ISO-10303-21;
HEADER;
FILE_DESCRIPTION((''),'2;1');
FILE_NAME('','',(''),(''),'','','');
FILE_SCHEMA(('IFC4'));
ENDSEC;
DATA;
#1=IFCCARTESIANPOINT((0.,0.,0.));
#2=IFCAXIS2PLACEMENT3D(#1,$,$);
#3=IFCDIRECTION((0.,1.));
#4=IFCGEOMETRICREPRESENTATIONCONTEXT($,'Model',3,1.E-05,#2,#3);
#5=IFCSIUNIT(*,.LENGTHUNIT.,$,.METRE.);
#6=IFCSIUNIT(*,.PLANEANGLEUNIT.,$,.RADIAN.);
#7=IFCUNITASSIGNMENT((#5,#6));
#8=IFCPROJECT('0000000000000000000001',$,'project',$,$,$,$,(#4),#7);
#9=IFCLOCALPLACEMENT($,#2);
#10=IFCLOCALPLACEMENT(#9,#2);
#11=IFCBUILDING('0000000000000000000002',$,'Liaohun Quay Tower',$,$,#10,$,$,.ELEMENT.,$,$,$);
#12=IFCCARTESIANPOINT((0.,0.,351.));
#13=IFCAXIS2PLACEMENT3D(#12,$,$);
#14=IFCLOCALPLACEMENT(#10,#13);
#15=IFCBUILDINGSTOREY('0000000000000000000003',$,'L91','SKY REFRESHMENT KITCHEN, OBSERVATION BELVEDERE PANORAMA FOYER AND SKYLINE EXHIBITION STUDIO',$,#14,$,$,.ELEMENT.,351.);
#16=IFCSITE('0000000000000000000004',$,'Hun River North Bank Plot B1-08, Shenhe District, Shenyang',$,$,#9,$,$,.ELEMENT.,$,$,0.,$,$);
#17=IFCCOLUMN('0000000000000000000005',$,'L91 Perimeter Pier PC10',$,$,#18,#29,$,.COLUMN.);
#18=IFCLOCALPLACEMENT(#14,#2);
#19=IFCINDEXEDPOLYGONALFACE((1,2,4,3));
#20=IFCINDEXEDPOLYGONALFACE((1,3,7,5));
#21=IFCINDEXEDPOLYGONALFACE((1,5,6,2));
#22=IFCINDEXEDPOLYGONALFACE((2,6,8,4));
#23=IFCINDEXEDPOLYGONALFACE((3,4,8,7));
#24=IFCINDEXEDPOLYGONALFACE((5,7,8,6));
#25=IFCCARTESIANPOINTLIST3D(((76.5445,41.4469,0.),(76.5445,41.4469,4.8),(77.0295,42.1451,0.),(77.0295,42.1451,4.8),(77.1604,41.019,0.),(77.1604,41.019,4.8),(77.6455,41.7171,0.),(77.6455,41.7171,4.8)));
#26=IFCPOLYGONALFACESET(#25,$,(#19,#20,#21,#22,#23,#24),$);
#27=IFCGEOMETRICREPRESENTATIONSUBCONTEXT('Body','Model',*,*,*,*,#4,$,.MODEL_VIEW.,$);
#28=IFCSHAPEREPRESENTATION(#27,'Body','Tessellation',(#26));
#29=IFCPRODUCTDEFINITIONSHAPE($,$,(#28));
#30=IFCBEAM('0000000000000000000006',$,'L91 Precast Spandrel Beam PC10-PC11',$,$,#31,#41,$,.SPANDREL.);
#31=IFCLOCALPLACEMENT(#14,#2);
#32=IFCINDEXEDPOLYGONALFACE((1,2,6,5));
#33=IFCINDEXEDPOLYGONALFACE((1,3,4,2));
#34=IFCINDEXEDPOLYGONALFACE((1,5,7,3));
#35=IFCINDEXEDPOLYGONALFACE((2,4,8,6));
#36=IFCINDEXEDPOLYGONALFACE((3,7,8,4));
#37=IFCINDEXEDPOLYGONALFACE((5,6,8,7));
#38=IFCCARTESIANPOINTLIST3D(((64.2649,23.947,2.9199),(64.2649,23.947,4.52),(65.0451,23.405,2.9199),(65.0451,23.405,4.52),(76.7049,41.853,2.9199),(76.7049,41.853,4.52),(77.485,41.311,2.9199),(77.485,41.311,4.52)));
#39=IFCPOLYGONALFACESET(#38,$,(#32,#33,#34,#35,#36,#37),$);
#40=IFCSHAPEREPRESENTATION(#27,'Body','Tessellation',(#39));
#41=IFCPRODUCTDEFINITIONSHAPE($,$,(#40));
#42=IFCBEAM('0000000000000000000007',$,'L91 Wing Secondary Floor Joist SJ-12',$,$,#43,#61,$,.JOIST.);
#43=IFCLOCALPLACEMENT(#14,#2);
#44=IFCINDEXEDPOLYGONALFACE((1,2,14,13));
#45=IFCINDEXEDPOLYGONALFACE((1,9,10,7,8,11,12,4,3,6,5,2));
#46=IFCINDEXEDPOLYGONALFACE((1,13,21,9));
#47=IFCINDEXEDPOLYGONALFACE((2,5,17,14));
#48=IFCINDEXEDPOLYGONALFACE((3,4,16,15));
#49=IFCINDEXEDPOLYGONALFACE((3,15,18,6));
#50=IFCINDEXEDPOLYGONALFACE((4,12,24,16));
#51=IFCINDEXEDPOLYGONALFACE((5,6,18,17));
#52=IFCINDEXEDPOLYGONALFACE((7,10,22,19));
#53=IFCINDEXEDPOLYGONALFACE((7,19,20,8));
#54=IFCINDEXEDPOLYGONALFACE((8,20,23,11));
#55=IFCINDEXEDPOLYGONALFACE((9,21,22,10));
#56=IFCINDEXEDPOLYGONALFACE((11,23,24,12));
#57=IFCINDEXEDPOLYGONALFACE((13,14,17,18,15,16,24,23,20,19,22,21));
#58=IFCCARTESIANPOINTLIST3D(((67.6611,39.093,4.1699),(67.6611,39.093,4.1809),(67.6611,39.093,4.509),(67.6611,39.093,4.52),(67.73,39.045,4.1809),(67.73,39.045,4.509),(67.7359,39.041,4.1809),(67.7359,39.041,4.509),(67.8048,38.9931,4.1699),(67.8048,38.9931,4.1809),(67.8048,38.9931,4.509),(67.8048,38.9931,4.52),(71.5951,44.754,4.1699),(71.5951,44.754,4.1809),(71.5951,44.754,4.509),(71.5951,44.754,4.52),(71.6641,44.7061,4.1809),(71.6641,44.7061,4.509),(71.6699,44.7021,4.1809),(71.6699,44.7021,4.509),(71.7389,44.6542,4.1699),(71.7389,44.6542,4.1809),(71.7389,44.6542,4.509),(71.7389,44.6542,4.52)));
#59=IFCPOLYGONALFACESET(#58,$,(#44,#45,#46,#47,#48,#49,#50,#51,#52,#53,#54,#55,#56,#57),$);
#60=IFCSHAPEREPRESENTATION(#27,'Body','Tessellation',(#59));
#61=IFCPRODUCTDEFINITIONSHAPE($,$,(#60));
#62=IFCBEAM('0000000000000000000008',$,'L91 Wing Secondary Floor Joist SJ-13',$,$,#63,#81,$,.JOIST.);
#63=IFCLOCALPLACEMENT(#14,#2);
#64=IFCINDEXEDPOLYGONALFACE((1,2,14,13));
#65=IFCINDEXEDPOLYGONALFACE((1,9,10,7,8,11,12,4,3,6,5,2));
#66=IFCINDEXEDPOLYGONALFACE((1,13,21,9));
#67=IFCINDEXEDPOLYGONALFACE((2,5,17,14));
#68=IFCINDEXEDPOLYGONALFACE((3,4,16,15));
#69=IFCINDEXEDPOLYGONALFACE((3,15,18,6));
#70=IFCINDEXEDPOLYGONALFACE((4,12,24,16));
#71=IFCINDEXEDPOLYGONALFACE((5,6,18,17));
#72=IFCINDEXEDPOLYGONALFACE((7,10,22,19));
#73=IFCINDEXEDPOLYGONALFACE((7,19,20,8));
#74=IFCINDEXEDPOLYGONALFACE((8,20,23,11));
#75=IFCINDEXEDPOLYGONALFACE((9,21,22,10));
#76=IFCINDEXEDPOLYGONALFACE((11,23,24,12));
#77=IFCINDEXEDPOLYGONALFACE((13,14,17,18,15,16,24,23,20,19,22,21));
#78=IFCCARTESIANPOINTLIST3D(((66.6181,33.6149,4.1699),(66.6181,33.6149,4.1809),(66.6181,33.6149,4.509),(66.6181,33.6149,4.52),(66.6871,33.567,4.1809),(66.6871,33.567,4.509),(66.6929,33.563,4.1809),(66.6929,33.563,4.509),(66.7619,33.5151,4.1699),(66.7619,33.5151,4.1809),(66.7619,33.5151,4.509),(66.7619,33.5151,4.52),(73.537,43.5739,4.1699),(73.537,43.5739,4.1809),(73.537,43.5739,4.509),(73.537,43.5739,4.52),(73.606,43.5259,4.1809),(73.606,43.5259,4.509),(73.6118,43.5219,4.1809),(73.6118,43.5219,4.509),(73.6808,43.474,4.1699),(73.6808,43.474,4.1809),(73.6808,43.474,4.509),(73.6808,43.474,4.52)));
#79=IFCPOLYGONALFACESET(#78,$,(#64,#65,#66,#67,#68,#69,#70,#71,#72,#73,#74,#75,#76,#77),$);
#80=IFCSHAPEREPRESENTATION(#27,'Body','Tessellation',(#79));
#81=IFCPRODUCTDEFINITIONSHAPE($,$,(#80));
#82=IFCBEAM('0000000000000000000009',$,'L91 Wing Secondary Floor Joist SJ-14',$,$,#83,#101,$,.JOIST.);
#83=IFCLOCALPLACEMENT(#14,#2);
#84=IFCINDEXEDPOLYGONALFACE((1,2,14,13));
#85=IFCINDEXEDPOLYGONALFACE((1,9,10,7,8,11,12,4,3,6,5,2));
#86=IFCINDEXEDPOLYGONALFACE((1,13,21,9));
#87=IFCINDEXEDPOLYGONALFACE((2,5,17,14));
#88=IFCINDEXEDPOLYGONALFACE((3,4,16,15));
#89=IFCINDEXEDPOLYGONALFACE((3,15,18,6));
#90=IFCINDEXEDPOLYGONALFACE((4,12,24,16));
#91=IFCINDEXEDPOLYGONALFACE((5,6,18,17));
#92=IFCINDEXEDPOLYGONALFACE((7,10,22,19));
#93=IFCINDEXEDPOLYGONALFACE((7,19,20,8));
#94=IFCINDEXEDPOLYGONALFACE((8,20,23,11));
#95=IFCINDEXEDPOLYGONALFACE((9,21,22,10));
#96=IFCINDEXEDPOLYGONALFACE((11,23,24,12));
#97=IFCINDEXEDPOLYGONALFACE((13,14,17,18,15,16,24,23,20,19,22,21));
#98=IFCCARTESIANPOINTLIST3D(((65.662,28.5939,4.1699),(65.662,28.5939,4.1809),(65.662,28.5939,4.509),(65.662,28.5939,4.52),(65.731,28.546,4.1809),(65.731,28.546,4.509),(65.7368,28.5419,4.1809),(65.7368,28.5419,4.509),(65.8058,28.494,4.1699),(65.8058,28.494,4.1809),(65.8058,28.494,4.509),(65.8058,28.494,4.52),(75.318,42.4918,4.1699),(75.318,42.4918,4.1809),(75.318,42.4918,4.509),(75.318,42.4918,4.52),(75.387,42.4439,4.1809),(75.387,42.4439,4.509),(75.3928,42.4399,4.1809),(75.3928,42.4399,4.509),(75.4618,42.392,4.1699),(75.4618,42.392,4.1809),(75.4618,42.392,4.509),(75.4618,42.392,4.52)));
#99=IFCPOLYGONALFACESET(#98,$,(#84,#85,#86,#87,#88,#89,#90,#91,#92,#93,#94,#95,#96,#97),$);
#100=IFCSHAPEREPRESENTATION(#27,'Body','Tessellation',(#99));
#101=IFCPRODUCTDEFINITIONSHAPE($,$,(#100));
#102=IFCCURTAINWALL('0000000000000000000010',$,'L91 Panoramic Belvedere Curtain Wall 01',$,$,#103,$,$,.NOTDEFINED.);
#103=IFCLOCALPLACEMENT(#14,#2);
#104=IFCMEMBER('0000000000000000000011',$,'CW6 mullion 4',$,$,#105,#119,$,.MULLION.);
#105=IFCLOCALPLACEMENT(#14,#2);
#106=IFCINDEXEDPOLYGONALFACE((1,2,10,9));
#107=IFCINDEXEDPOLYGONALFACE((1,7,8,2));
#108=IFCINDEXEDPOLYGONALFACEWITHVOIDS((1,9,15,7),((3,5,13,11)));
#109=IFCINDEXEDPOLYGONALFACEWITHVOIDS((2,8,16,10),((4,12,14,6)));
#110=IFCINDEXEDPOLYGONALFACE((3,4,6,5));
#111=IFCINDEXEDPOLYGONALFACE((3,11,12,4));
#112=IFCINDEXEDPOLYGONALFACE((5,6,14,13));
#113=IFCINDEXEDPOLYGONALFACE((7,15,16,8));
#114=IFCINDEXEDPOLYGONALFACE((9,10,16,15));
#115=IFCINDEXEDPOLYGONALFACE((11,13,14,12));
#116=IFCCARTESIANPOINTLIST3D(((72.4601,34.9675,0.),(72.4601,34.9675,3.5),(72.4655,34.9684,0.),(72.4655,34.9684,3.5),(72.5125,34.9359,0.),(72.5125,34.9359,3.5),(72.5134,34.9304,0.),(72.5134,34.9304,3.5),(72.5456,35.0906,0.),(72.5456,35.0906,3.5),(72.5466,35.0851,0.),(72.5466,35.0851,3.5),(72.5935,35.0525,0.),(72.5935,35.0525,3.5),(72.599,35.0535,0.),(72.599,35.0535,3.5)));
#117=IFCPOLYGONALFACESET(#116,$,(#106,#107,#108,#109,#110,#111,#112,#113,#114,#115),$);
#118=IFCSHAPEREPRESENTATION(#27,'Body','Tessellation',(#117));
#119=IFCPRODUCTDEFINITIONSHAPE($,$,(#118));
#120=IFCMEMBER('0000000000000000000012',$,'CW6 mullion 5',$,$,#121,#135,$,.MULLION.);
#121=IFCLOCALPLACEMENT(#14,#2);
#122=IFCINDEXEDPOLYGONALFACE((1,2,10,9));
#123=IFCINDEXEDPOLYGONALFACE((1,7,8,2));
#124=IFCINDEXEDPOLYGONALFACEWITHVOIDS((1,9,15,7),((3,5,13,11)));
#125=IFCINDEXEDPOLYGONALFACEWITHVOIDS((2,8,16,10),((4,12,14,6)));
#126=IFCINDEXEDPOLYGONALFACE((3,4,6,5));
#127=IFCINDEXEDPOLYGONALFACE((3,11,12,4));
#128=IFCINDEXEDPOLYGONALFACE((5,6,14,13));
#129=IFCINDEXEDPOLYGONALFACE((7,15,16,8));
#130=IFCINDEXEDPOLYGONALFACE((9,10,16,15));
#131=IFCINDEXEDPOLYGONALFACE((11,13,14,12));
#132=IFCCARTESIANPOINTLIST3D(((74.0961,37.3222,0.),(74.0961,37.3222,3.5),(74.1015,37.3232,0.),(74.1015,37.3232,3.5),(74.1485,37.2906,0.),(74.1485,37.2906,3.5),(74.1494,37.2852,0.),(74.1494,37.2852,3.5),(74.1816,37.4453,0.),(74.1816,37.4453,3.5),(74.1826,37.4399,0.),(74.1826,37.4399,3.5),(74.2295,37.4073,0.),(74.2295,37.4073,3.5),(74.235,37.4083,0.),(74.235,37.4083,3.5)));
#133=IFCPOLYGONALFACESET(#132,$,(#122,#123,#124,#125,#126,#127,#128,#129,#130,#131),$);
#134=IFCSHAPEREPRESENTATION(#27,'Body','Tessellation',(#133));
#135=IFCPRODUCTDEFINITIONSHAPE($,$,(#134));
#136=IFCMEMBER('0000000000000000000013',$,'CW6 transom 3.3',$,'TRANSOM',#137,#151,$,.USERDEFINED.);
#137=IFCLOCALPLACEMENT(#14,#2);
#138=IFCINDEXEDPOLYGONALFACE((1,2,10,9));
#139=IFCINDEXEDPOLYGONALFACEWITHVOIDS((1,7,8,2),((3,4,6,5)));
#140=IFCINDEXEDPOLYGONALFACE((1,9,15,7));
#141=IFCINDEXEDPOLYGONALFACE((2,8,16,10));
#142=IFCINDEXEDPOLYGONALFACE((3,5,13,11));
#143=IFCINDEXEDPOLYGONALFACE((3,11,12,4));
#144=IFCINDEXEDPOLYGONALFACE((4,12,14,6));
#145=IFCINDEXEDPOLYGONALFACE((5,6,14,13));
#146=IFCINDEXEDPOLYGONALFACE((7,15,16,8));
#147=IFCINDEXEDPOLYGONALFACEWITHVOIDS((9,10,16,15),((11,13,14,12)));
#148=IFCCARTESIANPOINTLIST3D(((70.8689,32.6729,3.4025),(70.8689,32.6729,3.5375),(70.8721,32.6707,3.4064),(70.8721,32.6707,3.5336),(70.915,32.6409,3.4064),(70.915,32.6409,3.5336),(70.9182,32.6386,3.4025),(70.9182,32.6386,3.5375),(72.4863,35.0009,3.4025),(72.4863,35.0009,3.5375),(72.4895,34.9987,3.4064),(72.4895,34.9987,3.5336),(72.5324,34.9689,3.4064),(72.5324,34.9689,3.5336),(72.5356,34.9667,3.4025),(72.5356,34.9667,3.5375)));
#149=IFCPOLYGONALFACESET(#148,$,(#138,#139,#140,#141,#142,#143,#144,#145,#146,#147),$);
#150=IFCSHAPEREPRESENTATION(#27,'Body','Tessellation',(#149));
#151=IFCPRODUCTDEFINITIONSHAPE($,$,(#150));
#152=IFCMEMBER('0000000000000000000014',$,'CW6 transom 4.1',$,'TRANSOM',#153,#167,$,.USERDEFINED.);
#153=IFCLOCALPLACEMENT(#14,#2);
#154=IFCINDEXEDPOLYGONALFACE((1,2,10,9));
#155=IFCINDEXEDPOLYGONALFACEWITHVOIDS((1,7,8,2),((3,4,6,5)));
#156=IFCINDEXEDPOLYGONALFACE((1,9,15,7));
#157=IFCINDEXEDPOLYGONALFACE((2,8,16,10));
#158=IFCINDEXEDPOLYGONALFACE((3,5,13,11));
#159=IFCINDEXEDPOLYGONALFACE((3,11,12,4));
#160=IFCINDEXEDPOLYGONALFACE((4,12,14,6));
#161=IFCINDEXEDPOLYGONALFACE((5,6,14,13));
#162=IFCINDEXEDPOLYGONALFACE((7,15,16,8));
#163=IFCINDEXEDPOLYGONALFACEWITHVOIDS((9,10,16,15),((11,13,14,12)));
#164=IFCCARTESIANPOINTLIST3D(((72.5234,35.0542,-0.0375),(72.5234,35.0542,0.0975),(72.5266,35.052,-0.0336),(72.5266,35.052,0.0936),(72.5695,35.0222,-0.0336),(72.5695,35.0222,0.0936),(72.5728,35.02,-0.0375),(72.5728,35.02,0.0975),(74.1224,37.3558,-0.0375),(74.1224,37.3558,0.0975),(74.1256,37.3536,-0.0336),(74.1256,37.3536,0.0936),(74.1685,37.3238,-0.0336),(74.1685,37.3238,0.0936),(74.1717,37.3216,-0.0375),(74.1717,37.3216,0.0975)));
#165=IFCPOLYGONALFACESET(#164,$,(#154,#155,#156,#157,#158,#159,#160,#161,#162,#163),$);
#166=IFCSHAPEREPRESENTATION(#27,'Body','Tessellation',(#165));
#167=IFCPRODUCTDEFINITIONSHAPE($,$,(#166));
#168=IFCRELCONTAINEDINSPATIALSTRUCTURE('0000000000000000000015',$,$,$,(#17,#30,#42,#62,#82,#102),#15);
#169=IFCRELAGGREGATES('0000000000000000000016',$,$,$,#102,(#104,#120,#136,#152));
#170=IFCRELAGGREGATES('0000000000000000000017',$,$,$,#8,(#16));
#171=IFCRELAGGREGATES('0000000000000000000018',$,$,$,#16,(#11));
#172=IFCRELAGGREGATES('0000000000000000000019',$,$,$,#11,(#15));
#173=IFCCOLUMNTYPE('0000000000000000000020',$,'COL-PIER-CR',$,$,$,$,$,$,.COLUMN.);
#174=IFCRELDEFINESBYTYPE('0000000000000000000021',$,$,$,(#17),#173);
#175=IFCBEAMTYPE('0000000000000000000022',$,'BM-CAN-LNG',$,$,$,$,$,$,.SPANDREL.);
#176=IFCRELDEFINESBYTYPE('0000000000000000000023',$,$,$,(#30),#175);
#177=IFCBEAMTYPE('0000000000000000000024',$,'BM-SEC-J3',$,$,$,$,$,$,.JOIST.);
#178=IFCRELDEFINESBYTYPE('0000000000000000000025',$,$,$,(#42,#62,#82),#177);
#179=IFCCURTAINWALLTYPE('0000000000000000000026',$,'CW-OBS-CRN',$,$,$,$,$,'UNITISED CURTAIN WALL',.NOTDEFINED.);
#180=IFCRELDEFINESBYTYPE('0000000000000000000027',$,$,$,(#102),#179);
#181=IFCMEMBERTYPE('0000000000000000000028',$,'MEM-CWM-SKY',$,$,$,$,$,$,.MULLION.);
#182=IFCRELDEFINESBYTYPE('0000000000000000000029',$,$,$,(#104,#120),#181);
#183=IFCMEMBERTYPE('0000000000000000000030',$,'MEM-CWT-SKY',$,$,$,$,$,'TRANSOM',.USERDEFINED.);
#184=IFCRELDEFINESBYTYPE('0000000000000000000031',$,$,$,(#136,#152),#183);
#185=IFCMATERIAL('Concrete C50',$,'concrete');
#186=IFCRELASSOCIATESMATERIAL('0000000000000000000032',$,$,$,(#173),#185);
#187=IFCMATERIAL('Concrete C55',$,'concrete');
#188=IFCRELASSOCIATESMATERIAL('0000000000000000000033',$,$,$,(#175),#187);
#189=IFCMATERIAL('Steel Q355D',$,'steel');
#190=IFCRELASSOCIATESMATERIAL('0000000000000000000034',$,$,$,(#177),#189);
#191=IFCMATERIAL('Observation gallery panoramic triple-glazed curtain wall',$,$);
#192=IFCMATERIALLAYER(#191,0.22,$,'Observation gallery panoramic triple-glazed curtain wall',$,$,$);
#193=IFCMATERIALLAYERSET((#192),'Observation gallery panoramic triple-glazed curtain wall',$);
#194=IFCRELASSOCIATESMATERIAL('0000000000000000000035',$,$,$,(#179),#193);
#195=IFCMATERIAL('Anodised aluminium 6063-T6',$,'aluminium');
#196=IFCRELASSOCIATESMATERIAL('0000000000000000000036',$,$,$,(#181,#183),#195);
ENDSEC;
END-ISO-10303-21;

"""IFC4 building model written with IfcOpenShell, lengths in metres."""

from ifc_helpers import new_model, si_unit, direction, frame, origin, origin_2d, place, context, subcontext, project, spatial, rectangle, hollow_rectangle, i_section, extrude, source, transform, mapped, material, layer, layer_set, material_profile, profile_set, type_object, element, aggregate, save


model = new_model("IFC4")

# Units and contexts
model_context = context("Model", 3, precision=1e-05, world=origin(), true_north=direction((0.0, 1.0)))
body_context = subcontext(model_context, "Body", "Model", "MODEL_VIEW")
ifc_project = project(units=[si_unit("LENGTHUNIT", "METRE"), si_unit("PLANEANGLEUNIT", "RADIAN")], contexts=[model_context])

# Site, building, storey
site_placement = place(None, origin())
site = spatial("IfcSite", under=ifc_project, at=site_placement, Name="Hun River North Bank Plot B1-08, Shenhe District, Shenyang", CompositionType="ELEMENT", RefElevation=0.0)
building_placement = place(site_placement, origin())
building = spatial("IfcBuilding", under=site, at=building_placement, Name="Liaohun Quay Tower", CompositionType="ELEMENT")
storey_placement = place(building_placement, frame((0.0, 0.0, 351.0)))
storey = spatial("IfcBuildingStorey", under=building, at=storey_placement, Name="L91", Description="SKY REFRESHMENT KITCHEN, OBSERVATION BELVEDERE PANORAMA FOYER AND SKYLINE EXHIBITION STUDIO", CompositionType="ELEMENT", Elevation=351.0)

# Column
ifc_material_1 = material(Name="Concrete C50", Category="concrete")
ifc_material_profile_1 = material_profile(ifc_material_1, rectangle(XDim=0.8501, YDim=0.75, at=origin_2d()), Name="RC850x750")
ifc_profile_set_1 = profile_set([ifc_material_profile_1], Name="Concrete C50")
column_type = type_object("IfcColumnType", Name="COL-PIER-CR", PredefinedType="COLUMN", material=ifc_profile_set_1)
shared_shape_1 = source(origin(), body_context, "Body", "SweptSolid", [
    extrude(rectangle(XDim=0.8501, YDim=0.75, at=origin_2d()), origin(), (0.0, 0.0, 1.0), 4.8),
])
column_placement = place(storey_placement, frame((77.095, 41.582, 0.0), z_axis=(0.0, 0.0, 1.0), x_axis=(0.57057, 0.821249, 0.0)))
element("IfcColumn", 1, at=column_placement, inside=storey, type_object=column_type, Name="L91 Perimeter Pier PC10", PredefinedType="COLUMN", context=body_context, shape_type="MappedRepresentation", body=[
    mapped(shared_shape_1, transform((0.0, 0.0, 0.0), x_axis=(1.0, 0.0, 0.0), y_axis=(0.0, 1.0, 0.0), z_axis=(0.0, 0.0, 1.0), scale=1.0)),
])

# Beams
ifc_material_2 = material(Name="Concrete C55", Category="concrete")
ifc_material_profile_2 = material_profile(ifc_material_2, rectangle(XDim=0.95, YDim=1.6001, at=origin_2d()), Name="RC950x1600")
ifc_profile_set_2 = profile_set([ifc_material_profile_2], Name="Concrete C55")
beam_type_1 = type_object("IfcBeamType", Name="BM-CAN-LNG", PredefinedType="SPANDREL", material=ifc_profile_set_2)
shared_shape_2 = source(origin(), body_context, "Body", "SweptSolid", [
    extrude(rectangle(XDim=0.95, YDim=1.6001, at=origin_2d()), origin(), (0.0, 0.0, 1.0), 21.8032),
])
beam_1_placement = place(storey_placement, frame((77.095, 41.582, 3.72), z_axis=(-0.570557, -0.821258, 0.0), x_axis=(0.821258, -0.570557, 0.0)))
element("IfcBeam", 2, at=beam_1_placement, inside=storey, type_object=beam_type_1, Name="L91 Precast Spandrel Beam PC10-PC11", PredefinedType="SPANDREL", context=body_context, shape_type="MappedRepresentation", body=[
    mapped(shared_shape_2, transform((0.0, 0.0, 0.0), x_axis=(1.0, 0.0, 0.0), y_axis=(0.0, 1.0, 0.0), z_axis=(0.0, 0.0, 1.0), scale=1.0)),
])
ifc_material_3 = material(Name="Steel Q355D", Category="steel")
ifc_material_profile_3 = material_profile(ifc_material_3, i_section(OverallWidth=0.175, OverallDepth=0.3501, WebThickness=0.0071, FlangeThickness=0.011, at=origin_2d()), Name="HN350x175x7x11")
ifc_profile_set_3 = profile_set([ifc_material_profile_3], Name="Steel Q355D")
beam_type_2 = type_object("IfcBeamType", Name="BM-SEC-J3", PredefinedType="JOIST", material=ifc_profile_set_3)
shared_shape_3 = source(origin(), body_context, "Body", "SweptSolid", [
    extrude(i_section(OverallWidth=0.175, OverallDepth=0.3501, WebThickness=0.0071, FlangeThickness=0.011, at=origin_2d()), origin(), (0.0, 0.0, 1.0), 6.8938),
])
beam_2_placement = place(storey_placement, frame((71.667, 44.7041, 4.345), z_axis=(-0.570664, -0.821184, 0.0), x_axis=(0.821184, -0.570664, 0.0)))
element("IfcBeam", 3, at=beam_2_placement, inside=storey, type_object=beam_type_2, Name="L91 Wing Secondary Floor Joist SJ-12", PredefinedType="JOIST", context=body_context, shape_type="MappedRepresentation", body=[
    mapped(shared_shape_3, transform((0.0, 0.0, 0.0), x_axis=(1.0, 0.0, 0.0), y_axis=(0.0, 1.0, 0.0), z_axis=(0.0, 0.0, 1.0), scale=1.0)),
])
shared_shape_4 = source(origin(), body_context, "Body", "SweptSolid", [
    extrude(i_section(OverallWidth=0.175, OverallDepth=0.3501, WebThickness=0.0071, FlangeThickness=0.011, at=origin_2d()), origin(), (0.0, 0.0, 1.0), 12.1265),
])
beam_3_placement = place(storey_placement, frame((73.6089, 43.5239, 4.345), z_axis=(-0.570562, -0.821255, 0.0), x_axis=(0.821255, -0.570562, 0.0)))
element("IfcBeam", 4, at=beam_3_placement, inside=storey, type_object=beam_type_2, Name="L91 Wing Secondary Floor Joist SJ-13", PredefinedType="JOIST", context=body_context, shape_type="MappedRepresentation", body=[
    mapped(shared_shape_4, transform((0.0, 0.0, 0.0), x_axis=(1.0, 0.0, 0.0), y_axis=(0.0, 1.0, 0.0), z_axis=(0.0, 0.0, 1.0), scale=1.0)),
])
shared_shape_5 = source(origin(), body_context, "Body", "SweptSolid", [
    extrude(i_section(OverallWidth=0.175, OverallDepth=0.3501, WebThickness=0.0071, FlangeThickness=0.011, at=origin_2d()), origin(), (0.0, 0.0, 1.0), 16.9231),
])
beam_4_placement = place(storey_placement, frame((75.3899, 42.4419, 4.345), z_axis=(-0.570581, -0.821241, 0.0), x_axis=(0.821241, -0.570581, 0.0)))
element("IfcBeam", 5, at=beam_4_placement, inside=storey, type_object=beam_type_2, Name="L91 Wing Secondary Floor Joist SJ-14", PredefinedType="JOIST", context=body_context, shape_type="MappedRepresentation", body=[
    mapped(shared_shape_5, transform((0.0, 0.0, 0.0), x_axis=(1.0, 0.0, 0.0), y_axis=(0.0, 1.0, 0.0), z_axis=(0.0, 0.0, 1.0), scale=1.0)),
])

# Curtain wall, members
ifc_material_4 = material(Name="Observation gallery panoramic triple-glazed curtain wall")
ifc_layer_1 = layer(ifc_material_4, 0.22, Name="Observation gallery panoramic triple-glazed curtain wall")
ifc_layer_set_1 = layer_set([ifc_layer_1], Name="Observation gallery panoramic triple-glazed curtain wall")
curtain_wall_type = type_object("IfcCurtainWallType", Name="CW-OBS-CRN", ElementType="UNITISED CURTAIN WALL", PredefinedType="NOTDEFINED", material=ifc_layer_set_1)
curtain_wall_placement = place(storey_placement, origin())
curtain_wall = element("IfcCurtainWall", 6, at=curtain_wall_placement, inside=storey, type_object=curtain_wall_type, Name="L91 Panoramic Belvedere Curtain Wall 01", PredefinedType="NOTDEFINED")
ifc_material_5 = material(Name="Anodised aluminium 6063-T6", Category="aluminium")
ifc_material_profile_4 = material_profile(ifc_material_5, hollow_rectangle(XDim=0.0649, YDim=0.1499, WallThickness=0.0039, at=origin_2d()), Name="RHS150x65x4")
ifc_profile_set_4 = profile_set([ifc_material_profile_4], Name="Anodised aluminium 6063-T6")
member_type_1 = type_object("IfcMemberType", Name="MEM-CWM-SKY", PredefinedType="MULLION", material=ifc_profile_set_4)
shared_shape_6 = source(origin(), body_context, "Body", "SweptSolid", [
    extrude(hollow_rectangle(XDim=0.0649, YDim=0.1499, WallThickness=0.0039, at=origin_2d()), origin(), (0.0, 0.0, 1.0), 3.5),
])
member_1_placement = place(storey_placement, frame((72.5295, 35.0105, 0.0), z_axis=(0.0, 0.0, 1.0), x_axis=(-0.82126, 0.570554, 0.0)))
member_1 = element("IfcMember", 7, at=member_1_placement, type_object=member_type_1, Name="CW6 mullion 4", PredefinedType="MULLION", context=body_context, shape_type="MappedRepresentation", body=[
    mapped(shared_shape_6, transform((0.0, 0.0, 0.0), x_axis=(1.0, 0.0, 0.0), y_axis=(0.0, 1.0, 0.0), z_axis=(0.0, 0.0, 1.0), scale=1.0)),
])
member_2_placement = place(storey_placement, frame((74.1655, 37.3652, 0.0), z_axis=(0.0, 0.0, 1.0), x_axis=(-0.82126, 0.570554, 0.0)))
member_2 = element("IfcMember", 8, at=member_2_placement, type_object=member_type_1, Name="CW6 mullion 5", PredefinedType="MULLION", context=body_context, shape_type="MappedRepresentation", body=[
    mapped(shared_shape_6, transform((0.0, 0.0, 0.0), x_axis=(1.0, 0.0, 0.0), y_axis=(0.0, 1.0, 0.0), z_axis=(0.0, 0.0, 1.0), scale=1.0)),
])
ifc_material_profile_5 = material_profile(ifc_material_5, hollow_rectangle(XDim=0.0601, YDim=0.135, WallThickness=0.0039, at=origin_2d()), Name="RHS135x60x4")
ifc_profile_set_5 = profile_set([ifc_material_profile_5], Name="Anodised aluminium 6063-T6")
member_type_2 = type_object("IfcMemberType", Name="MEM-CWT-SKY", ElementType="TRANSOM", PredefinedType="USERDEFINED", material=ifc_profile_set_5)
shared_shape_7 = source(origin(), body_context, "Body", "SweptSolid", [
    extrude(hollow_rectangle(XDim=0.0601, YDim=0.135, WallThickness=0.0039, at=origin_2d()), origin(), (0.0, 0.0, 1.0), 2.8347),
])
member_3_placement = place(storey_placement, frame((70.8936, 32.6558, 3.47), z_axis=(0.570557, 0.821258, 0.0), x_axis=(-0.821258, 0.570557, 0.0)))
member_3 = element("IfcMember", 9, at=member_3_placement, type_object=member_type_2, Name="CW6 transom 3.3", ObjectType="TRANSOM", PredefinedType="USERDEFINED", context=body_context, shape_type="MappedRepresentation", body=[
    mapped(shared_shape_7, transform((0.0, 0.0, 0.0), x_axis=(1.0, 0.0, 0.0), y_axis=(0.0, 1.0, 0.0), z_axis=(0.0, 0.0, 1.0), scale=1.0)),
])
shared_shape_8 = source(origin(), body_context, "Body", "SweptSolid", [
    extrude(hollow_rectangle(XDim=0.0601, YDim=0.135, WallThickness=0.0039, at=origin_2d()), origin(), (0.0, 0.0, 1.0), 2.8025),
])
member_4_placement = place(storey_placement, frame((72.5481, 35.0371, 0.03), z_axis=(0.570541, 0.821269, 0.0), x_axis=(-0.821269, 0.570541, 0.0)))
member_4 = element("IfcMember", 10, at=member_4_placement, type_object=member_type_2, Name="CW6 transom 4.1", ObjectType="TRANSOM", PredefinedType="USERDEFINED", context=body_context, shape_type="MappedRepresentation", body=[
    mapped(shared_shape_8, transform((0.0, 0.0, 0.0), x_axis=(1.0, 0.0, 0.0), y_axis=(0.0, 1.0, 0.0), z_axis=(0.0, 0.0, 1.0), scale=1.0)),
])
aggregate(curtain_wall, [member_1, member_2, member_3, member_4])

save(model, "model.ifc")
